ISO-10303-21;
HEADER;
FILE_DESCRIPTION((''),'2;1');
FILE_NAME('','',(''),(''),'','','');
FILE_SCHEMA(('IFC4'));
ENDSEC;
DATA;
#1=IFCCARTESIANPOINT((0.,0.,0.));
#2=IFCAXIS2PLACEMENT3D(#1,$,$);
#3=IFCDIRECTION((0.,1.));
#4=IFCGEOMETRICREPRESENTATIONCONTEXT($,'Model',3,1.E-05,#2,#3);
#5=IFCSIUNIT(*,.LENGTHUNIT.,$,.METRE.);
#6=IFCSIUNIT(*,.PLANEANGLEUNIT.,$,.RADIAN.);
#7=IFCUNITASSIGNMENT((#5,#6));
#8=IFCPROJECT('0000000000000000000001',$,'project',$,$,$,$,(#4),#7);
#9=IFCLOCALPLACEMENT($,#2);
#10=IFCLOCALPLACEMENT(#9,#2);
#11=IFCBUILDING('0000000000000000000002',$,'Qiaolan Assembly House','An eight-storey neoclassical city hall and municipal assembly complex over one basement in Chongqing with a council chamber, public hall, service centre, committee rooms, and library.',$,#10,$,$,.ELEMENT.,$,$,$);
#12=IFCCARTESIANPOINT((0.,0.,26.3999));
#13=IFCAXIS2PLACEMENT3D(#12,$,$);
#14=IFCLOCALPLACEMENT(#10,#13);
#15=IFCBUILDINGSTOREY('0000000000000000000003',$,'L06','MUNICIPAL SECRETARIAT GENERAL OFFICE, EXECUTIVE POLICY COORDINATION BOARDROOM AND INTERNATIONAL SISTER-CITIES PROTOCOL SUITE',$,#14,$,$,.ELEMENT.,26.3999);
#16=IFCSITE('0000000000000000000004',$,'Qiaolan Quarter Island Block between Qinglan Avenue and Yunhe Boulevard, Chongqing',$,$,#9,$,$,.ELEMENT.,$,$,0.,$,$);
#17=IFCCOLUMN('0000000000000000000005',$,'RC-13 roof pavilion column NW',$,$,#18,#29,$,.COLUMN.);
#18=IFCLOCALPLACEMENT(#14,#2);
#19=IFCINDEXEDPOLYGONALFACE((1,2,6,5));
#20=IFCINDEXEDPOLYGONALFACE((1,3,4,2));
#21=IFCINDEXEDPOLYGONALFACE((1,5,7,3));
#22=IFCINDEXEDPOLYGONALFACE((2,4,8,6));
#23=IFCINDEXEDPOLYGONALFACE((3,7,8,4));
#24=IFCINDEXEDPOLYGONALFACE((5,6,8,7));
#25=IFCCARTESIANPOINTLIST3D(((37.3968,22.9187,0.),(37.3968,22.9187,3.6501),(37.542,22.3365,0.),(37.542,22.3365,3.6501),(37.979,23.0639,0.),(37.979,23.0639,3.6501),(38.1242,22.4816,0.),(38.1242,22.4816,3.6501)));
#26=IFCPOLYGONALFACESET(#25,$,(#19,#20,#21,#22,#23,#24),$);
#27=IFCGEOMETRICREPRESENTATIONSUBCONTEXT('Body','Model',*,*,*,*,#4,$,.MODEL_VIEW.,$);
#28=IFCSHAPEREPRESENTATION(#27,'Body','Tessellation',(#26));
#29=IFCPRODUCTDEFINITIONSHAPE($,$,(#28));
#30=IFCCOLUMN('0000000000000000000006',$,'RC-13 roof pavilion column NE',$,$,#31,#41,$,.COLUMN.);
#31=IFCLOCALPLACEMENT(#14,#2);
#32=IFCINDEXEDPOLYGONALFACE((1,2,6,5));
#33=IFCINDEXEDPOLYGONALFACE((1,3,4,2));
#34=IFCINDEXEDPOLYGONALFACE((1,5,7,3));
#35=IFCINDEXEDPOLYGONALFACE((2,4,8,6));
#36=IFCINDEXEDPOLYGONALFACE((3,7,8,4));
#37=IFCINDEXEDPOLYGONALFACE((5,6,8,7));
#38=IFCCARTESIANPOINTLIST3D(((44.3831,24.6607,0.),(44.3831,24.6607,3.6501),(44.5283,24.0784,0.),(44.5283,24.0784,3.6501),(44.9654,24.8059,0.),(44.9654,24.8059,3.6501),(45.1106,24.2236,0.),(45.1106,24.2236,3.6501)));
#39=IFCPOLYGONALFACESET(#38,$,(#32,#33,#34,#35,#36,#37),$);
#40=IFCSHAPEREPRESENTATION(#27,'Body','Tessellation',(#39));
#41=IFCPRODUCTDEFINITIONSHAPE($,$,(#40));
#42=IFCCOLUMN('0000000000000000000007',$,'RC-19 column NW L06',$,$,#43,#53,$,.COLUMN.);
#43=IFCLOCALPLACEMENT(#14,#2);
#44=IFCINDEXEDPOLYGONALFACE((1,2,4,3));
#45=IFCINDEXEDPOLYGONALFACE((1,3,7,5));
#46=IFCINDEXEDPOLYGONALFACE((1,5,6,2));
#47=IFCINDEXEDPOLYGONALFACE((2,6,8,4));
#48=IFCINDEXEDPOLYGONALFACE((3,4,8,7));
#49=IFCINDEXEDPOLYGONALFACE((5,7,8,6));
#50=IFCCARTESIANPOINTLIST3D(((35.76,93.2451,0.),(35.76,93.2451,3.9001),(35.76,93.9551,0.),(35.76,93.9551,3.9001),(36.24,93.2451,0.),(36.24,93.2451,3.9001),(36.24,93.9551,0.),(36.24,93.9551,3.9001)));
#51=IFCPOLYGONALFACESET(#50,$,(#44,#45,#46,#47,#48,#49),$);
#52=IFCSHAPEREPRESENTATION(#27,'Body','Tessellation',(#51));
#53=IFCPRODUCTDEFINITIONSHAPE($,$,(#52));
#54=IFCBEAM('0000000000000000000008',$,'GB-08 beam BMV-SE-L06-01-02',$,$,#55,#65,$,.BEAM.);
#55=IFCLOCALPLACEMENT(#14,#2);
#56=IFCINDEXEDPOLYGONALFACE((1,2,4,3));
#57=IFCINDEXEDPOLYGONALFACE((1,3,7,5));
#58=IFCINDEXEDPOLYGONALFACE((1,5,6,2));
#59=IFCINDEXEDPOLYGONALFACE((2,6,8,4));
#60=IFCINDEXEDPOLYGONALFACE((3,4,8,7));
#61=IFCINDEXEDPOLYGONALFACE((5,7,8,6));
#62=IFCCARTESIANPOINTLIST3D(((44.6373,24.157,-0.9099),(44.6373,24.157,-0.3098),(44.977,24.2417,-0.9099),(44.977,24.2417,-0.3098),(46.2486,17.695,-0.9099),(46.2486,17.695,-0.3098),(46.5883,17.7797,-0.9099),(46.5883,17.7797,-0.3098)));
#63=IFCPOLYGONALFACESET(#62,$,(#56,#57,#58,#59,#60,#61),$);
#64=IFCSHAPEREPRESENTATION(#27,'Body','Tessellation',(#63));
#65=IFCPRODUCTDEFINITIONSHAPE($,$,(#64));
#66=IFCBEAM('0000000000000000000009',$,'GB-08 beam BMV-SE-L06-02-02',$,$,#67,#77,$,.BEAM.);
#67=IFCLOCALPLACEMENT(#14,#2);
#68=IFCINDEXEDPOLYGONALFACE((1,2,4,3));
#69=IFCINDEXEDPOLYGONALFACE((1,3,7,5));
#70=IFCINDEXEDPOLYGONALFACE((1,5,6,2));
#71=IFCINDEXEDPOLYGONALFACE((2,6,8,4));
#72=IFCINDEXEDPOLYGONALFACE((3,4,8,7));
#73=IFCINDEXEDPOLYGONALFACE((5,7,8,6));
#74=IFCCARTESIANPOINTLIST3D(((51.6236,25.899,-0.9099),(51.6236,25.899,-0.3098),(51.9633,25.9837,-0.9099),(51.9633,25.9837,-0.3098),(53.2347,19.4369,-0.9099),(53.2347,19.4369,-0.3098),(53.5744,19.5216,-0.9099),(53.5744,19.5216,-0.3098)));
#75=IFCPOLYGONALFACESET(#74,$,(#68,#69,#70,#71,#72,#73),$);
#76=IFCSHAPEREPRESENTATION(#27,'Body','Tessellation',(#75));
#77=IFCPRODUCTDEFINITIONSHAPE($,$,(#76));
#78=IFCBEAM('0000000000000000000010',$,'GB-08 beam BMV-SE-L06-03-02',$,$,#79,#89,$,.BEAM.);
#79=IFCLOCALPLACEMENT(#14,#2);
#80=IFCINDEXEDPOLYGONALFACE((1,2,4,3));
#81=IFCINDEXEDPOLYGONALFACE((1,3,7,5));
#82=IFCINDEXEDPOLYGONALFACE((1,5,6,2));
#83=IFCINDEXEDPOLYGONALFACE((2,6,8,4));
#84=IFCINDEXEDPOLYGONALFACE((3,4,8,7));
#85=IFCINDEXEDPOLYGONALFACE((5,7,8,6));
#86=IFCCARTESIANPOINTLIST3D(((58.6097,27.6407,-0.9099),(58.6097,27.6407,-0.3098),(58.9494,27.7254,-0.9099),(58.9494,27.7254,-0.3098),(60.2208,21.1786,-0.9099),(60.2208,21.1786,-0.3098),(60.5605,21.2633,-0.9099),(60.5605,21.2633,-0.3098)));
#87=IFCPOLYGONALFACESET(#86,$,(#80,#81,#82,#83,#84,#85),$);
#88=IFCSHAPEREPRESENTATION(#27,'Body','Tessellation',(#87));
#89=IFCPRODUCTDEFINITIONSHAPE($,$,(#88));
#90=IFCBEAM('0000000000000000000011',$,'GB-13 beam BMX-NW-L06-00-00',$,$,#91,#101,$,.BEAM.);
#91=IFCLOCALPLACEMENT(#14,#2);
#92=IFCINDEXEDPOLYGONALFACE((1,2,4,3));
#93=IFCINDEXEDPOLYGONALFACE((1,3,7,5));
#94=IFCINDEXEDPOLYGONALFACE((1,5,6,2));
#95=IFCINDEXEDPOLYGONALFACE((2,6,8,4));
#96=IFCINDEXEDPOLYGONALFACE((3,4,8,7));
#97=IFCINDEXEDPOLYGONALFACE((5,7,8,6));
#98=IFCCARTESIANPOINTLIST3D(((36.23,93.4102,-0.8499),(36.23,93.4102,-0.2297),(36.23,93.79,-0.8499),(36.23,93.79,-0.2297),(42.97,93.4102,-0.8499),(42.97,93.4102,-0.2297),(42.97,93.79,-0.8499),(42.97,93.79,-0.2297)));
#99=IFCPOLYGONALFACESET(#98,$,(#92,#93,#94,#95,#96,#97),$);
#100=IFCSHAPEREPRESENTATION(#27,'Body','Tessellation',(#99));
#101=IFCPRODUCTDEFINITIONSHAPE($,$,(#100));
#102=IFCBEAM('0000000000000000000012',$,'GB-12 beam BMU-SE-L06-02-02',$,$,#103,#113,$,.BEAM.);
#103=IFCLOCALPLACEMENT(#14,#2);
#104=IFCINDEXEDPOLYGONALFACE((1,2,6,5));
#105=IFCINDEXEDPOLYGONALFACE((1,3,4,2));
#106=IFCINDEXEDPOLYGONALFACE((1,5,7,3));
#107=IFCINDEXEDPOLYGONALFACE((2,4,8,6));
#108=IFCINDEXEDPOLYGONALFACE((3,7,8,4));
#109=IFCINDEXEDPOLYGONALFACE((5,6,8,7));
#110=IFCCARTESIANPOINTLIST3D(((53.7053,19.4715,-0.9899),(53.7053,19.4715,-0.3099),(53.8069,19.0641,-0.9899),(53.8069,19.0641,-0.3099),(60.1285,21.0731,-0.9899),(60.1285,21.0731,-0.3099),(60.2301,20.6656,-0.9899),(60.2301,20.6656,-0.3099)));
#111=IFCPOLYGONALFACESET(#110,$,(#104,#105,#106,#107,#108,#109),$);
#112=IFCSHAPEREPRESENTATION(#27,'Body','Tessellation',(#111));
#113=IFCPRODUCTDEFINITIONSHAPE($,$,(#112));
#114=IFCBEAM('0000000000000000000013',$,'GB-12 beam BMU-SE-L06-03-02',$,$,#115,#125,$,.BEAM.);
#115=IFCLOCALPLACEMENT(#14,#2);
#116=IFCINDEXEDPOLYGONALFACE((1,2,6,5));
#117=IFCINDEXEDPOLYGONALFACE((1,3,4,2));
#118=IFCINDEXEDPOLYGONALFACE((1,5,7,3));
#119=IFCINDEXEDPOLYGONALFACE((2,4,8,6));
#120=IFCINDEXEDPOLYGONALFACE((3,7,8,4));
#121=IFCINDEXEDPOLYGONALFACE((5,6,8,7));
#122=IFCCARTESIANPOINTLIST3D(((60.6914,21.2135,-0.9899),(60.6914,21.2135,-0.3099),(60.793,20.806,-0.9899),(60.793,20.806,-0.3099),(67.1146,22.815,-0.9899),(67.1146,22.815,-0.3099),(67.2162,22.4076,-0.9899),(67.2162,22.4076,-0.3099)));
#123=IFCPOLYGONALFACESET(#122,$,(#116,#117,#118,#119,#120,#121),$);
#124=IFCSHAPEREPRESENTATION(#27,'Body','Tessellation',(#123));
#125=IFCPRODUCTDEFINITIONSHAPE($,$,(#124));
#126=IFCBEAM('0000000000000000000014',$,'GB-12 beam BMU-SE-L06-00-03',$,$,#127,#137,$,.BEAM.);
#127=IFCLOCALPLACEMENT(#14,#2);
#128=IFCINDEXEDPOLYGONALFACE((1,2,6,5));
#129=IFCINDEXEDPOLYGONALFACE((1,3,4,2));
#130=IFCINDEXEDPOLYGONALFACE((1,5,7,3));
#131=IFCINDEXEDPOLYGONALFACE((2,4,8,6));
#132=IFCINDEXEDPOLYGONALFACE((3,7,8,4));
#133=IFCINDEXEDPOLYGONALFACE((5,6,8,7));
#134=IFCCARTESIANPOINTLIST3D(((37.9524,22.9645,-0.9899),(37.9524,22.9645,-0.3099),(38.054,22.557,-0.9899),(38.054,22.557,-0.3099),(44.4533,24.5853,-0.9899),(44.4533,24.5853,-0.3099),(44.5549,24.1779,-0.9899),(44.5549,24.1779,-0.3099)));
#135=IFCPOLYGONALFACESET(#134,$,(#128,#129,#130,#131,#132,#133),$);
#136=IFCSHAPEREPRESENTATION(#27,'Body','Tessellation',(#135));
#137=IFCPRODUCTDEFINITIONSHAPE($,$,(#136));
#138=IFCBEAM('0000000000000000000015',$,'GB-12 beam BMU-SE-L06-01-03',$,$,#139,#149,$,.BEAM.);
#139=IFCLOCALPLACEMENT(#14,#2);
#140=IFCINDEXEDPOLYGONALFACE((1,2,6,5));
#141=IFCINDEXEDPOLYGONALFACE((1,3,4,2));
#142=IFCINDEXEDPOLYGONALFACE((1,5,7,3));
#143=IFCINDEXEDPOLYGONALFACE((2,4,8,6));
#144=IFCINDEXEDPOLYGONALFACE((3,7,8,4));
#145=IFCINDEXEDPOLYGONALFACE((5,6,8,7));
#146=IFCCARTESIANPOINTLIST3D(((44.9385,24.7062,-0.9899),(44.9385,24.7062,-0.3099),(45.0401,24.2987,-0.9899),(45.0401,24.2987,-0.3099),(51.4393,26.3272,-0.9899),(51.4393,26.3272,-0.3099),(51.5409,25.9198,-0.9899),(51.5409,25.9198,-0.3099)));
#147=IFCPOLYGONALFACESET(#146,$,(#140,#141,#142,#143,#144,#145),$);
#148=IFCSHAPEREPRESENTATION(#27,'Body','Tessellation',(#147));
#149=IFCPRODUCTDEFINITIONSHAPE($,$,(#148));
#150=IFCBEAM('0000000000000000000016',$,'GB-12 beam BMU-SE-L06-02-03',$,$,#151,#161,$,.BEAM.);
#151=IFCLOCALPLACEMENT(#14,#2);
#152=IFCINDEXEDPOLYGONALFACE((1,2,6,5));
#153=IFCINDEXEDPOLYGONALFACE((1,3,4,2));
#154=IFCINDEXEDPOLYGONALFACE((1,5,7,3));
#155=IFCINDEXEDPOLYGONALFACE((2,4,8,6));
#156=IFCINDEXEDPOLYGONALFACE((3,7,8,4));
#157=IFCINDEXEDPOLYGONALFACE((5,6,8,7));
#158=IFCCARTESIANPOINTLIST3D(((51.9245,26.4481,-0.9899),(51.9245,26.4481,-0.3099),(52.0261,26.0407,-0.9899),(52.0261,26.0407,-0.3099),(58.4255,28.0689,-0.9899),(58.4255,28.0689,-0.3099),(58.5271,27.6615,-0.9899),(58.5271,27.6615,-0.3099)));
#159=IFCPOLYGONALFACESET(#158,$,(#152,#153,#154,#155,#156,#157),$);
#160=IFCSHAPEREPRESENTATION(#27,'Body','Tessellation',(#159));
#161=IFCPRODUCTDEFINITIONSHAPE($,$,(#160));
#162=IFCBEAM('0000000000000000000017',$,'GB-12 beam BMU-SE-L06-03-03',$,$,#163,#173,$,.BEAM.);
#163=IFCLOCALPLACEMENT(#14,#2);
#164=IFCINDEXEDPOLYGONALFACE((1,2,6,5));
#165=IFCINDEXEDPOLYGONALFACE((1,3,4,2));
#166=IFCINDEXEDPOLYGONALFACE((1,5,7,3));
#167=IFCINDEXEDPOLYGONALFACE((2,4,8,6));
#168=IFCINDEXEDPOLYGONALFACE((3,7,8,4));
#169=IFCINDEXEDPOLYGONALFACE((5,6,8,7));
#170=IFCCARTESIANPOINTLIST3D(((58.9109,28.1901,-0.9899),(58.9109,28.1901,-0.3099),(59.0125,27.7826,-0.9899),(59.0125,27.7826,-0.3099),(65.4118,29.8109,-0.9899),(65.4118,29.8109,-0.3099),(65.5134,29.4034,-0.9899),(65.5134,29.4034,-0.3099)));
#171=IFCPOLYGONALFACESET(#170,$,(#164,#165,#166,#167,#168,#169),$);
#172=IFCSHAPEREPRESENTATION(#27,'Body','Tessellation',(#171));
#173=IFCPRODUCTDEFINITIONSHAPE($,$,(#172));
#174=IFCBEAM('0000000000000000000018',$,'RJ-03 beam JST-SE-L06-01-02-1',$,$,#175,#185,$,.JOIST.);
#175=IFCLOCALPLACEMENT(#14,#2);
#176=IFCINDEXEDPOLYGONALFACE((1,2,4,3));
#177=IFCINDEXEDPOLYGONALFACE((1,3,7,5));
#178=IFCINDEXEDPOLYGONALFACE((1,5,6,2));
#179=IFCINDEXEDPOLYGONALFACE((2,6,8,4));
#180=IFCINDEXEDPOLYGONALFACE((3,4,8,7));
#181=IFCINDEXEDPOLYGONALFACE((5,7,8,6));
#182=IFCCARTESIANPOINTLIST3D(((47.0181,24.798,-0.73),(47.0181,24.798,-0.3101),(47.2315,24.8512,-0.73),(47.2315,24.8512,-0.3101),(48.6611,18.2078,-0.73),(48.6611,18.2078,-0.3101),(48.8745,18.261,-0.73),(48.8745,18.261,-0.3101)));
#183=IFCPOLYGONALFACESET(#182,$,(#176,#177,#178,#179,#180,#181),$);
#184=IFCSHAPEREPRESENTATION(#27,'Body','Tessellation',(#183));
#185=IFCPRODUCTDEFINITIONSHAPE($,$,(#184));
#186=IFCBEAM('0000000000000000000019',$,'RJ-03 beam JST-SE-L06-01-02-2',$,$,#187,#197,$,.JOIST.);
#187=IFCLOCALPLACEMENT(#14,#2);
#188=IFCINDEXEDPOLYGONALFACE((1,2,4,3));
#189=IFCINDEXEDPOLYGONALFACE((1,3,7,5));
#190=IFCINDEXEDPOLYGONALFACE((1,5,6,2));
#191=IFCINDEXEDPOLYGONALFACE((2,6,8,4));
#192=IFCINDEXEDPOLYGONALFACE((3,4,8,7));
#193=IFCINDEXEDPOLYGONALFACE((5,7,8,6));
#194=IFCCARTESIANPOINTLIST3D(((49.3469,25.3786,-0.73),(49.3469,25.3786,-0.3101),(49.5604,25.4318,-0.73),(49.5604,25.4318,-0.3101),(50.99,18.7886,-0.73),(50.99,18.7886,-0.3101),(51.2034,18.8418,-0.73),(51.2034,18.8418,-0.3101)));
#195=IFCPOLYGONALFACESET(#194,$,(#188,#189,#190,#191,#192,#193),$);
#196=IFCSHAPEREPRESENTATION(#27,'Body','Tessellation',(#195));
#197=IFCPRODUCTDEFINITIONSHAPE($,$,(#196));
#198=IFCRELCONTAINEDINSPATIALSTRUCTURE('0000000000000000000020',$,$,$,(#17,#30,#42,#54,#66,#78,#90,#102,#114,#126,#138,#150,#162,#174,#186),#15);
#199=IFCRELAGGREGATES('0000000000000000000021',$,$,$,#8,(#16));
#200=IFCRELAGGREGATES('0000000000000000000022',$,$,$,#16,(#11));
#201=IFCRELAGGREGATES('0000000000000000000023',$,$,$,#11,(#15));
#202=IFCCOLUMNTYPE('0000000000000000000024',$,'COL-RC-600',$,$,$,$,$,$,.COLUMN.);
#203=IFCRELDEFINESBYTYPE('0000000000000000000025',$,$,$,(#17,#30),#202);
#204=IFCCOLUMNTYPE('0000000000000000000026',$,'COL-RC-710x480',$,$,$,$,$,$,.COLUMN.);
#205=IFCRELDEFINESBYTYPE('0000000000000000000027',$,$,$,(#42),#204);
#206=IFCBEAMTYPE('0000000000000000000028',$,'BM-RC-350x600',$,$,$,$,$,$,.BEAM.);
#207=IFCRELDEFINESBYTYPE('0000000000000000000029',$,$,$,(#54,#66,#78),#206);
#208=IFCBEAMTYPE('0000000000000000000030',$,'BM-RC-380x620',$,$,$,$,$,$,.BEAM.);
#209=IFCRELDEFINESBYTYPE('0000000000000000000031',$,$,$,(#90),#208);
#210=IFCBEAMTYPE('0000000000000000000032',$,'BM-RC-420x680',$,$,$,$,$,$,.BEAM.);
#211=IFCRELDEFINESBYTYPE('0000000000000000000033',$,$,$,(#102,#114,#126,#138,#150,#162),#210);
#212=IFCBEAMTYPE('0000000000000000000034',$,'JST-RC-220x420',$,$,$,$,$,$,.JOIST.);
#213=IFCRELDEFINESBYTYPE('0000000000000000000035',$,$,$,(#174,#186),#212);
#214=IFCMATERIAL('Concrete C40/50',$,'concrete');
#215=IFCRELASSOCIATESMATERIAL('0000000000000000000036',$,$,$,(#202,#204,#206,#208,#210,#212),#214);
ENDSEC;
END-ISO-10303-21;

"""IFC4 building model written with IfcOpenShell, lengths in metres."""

from ifc_helpers import new_model, si_unit, direction, frame, origin, origin_2d, place, context, subcontext, project, spatial, rectangle, extrude, material, material_profile, profile_set, type_object, element, save


model = new_model("IFC4")

# Units and contexts
model_context = context("Model", 3, precision=1e-05, world=origin(), true_north=direction((0.0, 1.0)))
body_context = subcontext(model_context, "Body", "Model", "MODEL_VIEW")
ifc_project = project(units=[si_unit("LENGTHUNIT", "METRE"), si_unit("PLANEANGLEUNIT", "RADIAN")], contexts=[model_context])

# Site, building, storey
site_placement = place(None, origin())
site = spatial("IfcSite", under=ifc_project, at=site_placement, Name="Qiaolan Quarter Island Block between Qinglan Avenue and Yunhe Boulevard, Chongqing", CompositionType="ELEMENT", RefElevation=0.0)
building_placement = place(site_placement, origin())
building = spatial("IfcBuilding", under=site, at=building_placement, Name="Qiaolan Assembly House", Description="An eight-storey neoclassical city hall and municipal assembly complex over one basement in Chongqing with a council chamber, public hall, service centre, committee rooms, and library.", CompositionType="ELEMENT")
storey_placement = place(building_placement, frame((0.0, 0.0, 26.3999)))
storey = spatial("IfcBuildingStorey", under=building, at=storey_placement, Name="L06", Description="MUNICIPAL SECRETARIAT GENERAL OFFICE, EXECUTIVE POLICY COORDINATION BOARDROOM AND INTERNATIONAL SISTER-CITIES PROTOCOL SUITE", CompositionType="ELEMENT", Elevation=26.3999)

# Columns
ifc_material_1 = material(Name="Concrete C40/50", Category="concrete")
ifc_material_profile_1 = material_profile(ifc_material_1, rectangle(XDim=0.6001, YDim=0.6001, at=origin_2d()), Name="RC 600x600")
ifc_profile_set_1 = profile_set([ifc_material_profile_1], Name="Concrete C40/50")
column_type_1 = type_object("IfcColumnType", Name="COL-RC-600", PredefinedType="COLUMN", material=ifc_profile_set_1)
for number, where, z_axis, x_axis, name in (
    (1, (37.7605, 22.7002, 0.0), (0.0, 0.0, 1.0), (0.970296, 0.241922, 0.0), "RC-13 roof pavilion column NW"),
    (2, (44.7468, 24.4421, 0.0), (0.0, 0.0, 1.0), (0.970296, 0.241922, 0.0), "RC-13 roof pavilion column NE"),
):
    element("IfcColumn", number, at=place(storey_placement, frame(where, z_axis=z_axis, x_axis=x_axis)), inside=storey, type_object=column_type_1, Name=name, PredefinedType="COLUMN", context=body_context, shape_type="SweptSolid", body=[
        extrude(rectangle(XDim=0.6001, YDim=0.6001, at=origin_2d()), origin(), (0.0, 0.0, 1.0), 3.6501),
    ])
ifc_material_profile_2 = material_profile(ifc_material_1, rectangle(XDim=0.48, YDim=0.71, at=origin_2d()), Name="RC 710x480")
ifc_profile_set_2 = profile_set([ifc_material_profile_2], Name="Concrete C40/50")
column_type_2 = type_object("IfcColumnType", Name="COL-RC-710x480", PredefinedType="COLUMN", material=ifc_profile_set_2)
column_placement = place(storey_placement, frame((36.0, 93.6001, 0.0), z_axis=(0.0, 0.0, 1.0), x_axis=(1.0, 0.0, 0.0)))
element("IfcColumn", 3, at=column_placement, inside=storey, type_object=column_type_2, Name="RC-19 column NW L06", PredefinedType="COLUMN", context=body_context, shape_type="SweptSolid", body=[
    extrude(rectangle(XDim=0.48, YDim=0.71, at=origin_2d()), origin(), (0.0, 0.0, 1.0), 3.9001),
])

# Beams
ifc_material_profile_3 = material_profile(ifc_material_1, rectangle(XDim=0.3501, YDim=0.6001, at=origin_2d()), Name="RCB 350x600")
ifc_profile_set_3 = profile_set([ifc_material_profile_3], Name="Concrete C40/50")
beam_type_1 = type_object("IfcBeamType", Name="BM-RC-350x600", PredefinedType="BEAM", material=ifc_profile_set_3)
for number, where, z_axis, x_axis, name in (
    (4, (46.4185, 17.7373, -0.6099), (-0.24194, 0.970291, 0.0), (-0.970291, -0.24194, 0.0), "GB-08 beam BMV-SE-L06-01-02"),
    (5, (53.4045, 19.4792, -0.6099), (-0.241906, 0.9703, 0.0), (-0.9703, -0.241906, 0.0), "GB-08 beam BMV-SE-L06-02-02"),
    (6, (60.3906, 21.2209, -0.6099), (-0.241906, 0.9703, 0.0), (-0.9703, -0.241906, 0.0), "GB-08 beam BMV-SE-L06-03-02"),
):
    element("IfcBeam", number, at=place(storey_placement, frame(where, z_axis=z_axis, x_axis=x_axis)), inside=storey, type_object=beam_type_1, Name=name, PredefinedType="BEAM", context=body_context, shape_type="SweptSolid", body=[
        extrude(rectangle(XDim=0.3501, YDim=0.6001, at=origin_2d()), origin(), (0.0, 0.0, 1.0), 6.6599),
    ])
ifc_material_profile_4 = material_profile(ifc_material_1, rectangle(XDim=0.3799, YDim=0.6201, at=origin_2d()), Name="RCB 380x620")
ifc_profile_set_4 = profile_set([ifc_material_profile_4], Name="Concrete C40/50")
beam_type_2 = type_object("IfcBeamType", Name="BM-RC-380x620", PredefinedType="BEAM", material=ifc_profile_set_4)
beam_1_placement = place(storey_placement, frame((36.23, 93.6001, -0.5398), z_axis=(1.0, 0.0, 0.0), x_axis=(0.0, 1.0, 0.0)))
element("IfcBeam", 7, at=beam_1_placement, inside=storey, type_object=beam_type_2, Name="GB-13 beam BMX-NW-L06-00-00", PredefinedType="BEAM", context=body_context, shape_type="SweptSolid", body=[
    extrude(rectangle(XDim=0.3799, YDim=0.6201, at=origin_2d()), origin(), (0.0, 0.0, 1.0), 6.74),
])
ifc_material_profile_5 = material_profile(ifc_material_1, rectangle(XDim=0.4199, YDim=0.6799, at=origin_2d()), Name="RCB 420x680")
ifc_profile_set_5 = profile_set([ifc_material_profile_5], Name="Concrete C40/50")
beam_type_3 = type_object("IfcBeamType", Name="BM-RC-420x680", PredefinedType="BEAM", material=ifc_profile_set_5)
for number, where, z_axis, x_axis, name in (
    (8, (53.7561, 19.2678, -0.6499), (0.970294, 0.241928, 0.0), (-0.241928, 0.970294, 0.0), "GB-12 beam BMU-SE-L06-02-02"),
    (9, (60.7422, 21.0098, -0.6499), (0.970294, 0.241928, 0.0), (-0.241928, 0.970294, 0.0), "GB-12 beam BMU-SE-L06-03-02"),
):
    element("IfcBeam", number, at=place(storey_placement, frame(where, z_axis=z_axis, x_axis=x_axis)), inside=storey, type_object=beam_type_3, Name=name, PredefinedType="BEAM", context=body_context, shape_type="SweptSolid", body=[
        extrude(rectangle(XDim=0.4199, YDim=0.6799, at=origin_2d()), origin(), (0.0, 0.0, 1.0), 6.6199),
    ])
for number, where, z_axis, x_axis, name in (
    (10, (38.0032, 22.7607, -0.6499), (0.970297, 0.241918, 0.0), (-0.241918, 0.970297, 0.0), "GB-12 beam BMU-SE-L06-00-03"),
    (11, (44.9893, 24.5024, -0.6499), (0.970288, 0.241953, 0.0), (-0.241953, 0.970288, 0.0), "GB-12 beam BMU-SE-L06-01-03"),
    (12, (51.9753, 26.2444, -0.6499), (0.970297, 0.241918, 0.0), (-0.241918, 0.970297, 0.0), "GB-12 beam BMU-SE-L06-02-03"),
    (13, (58.9617, 27.9863, -0.6499), (0.970297, 0.241918, 0.0), (-0.241918, 0.970297, 0.0), "GB-12 beam BMU-SE-L06-03-03"),
):
    element("IfcBeam", number, at=place(storey_placement, frame(where, z_axis=z_axis, x_axis=x_axis)), inside=storey, type_object=beam_type_3, Name=name, PredefinedType="BEAM", context=body_context, shape_type="SweptSolid", body=[
        extrude(rectangle(XDim=0.4199, YDim=0.6799, at=origin_2d()), origin(), (0.0, 0.0, 1.0), 6.7),
    ])
ifc_material_profile_6 = material_profile(ifc_material_1, rectangle(XDim=0.22, YDim=0.4199, at=origin_2d()), Name="RCB 220x420")
ifc_profile_set_6 = profile_set([ifc_material_profile_6], Name="Concrete C40/50")
beam_type_4 = type_object("IfcBeamType", Name="JST-RC-220x420", PredefinedType="JOIST", material=ifc_profile_set_6)
beam_2_placement = place(storey_placement, frame((48.7678, 18.2344, -0.52), z_axis=(-0.24191, 0.970299, 0.0), x_axis=(-0.970299, -0.24191, 0.0)))
element("IfcBeam", 14, at=beam_2_placement, inside=storey, type_object=beam_type_4, Name="RJ-03 beam JST-SE-L06-01-02-1", PredefinedType="JOIST", context=body_context, shape_type="SweptSolid", body=[
    extrude(rectangle(XDim=0.22, YDim=0.4199, at=origin_2d()), origin(), (0.0, 0.0, 1.0), 6.792),
])
beam_3_placement = place(storey_placement, frame((51.0967, 18.8152, -0.52), z_axis=(-0.241918, 0.970297, 0.0), x_axis=(-0.970297, -0.241918, 0.0)))
element("IfcBeam", 15, at=beam_3_placement, inside=storey, type_object=beam_type_4, Name="RJ-03 beam JST-SE-L06-01-02-2", PredefinedType="JOIST", context=body_context, shape_type="SweptSolid", body=[
    extrude(rectangle(XDim=0.22, YDim=0.4199, at=origin_2d()), origin(), (0.0, 0.0, 1.0), 6.7917),
])

save(model, "model.ifc")
